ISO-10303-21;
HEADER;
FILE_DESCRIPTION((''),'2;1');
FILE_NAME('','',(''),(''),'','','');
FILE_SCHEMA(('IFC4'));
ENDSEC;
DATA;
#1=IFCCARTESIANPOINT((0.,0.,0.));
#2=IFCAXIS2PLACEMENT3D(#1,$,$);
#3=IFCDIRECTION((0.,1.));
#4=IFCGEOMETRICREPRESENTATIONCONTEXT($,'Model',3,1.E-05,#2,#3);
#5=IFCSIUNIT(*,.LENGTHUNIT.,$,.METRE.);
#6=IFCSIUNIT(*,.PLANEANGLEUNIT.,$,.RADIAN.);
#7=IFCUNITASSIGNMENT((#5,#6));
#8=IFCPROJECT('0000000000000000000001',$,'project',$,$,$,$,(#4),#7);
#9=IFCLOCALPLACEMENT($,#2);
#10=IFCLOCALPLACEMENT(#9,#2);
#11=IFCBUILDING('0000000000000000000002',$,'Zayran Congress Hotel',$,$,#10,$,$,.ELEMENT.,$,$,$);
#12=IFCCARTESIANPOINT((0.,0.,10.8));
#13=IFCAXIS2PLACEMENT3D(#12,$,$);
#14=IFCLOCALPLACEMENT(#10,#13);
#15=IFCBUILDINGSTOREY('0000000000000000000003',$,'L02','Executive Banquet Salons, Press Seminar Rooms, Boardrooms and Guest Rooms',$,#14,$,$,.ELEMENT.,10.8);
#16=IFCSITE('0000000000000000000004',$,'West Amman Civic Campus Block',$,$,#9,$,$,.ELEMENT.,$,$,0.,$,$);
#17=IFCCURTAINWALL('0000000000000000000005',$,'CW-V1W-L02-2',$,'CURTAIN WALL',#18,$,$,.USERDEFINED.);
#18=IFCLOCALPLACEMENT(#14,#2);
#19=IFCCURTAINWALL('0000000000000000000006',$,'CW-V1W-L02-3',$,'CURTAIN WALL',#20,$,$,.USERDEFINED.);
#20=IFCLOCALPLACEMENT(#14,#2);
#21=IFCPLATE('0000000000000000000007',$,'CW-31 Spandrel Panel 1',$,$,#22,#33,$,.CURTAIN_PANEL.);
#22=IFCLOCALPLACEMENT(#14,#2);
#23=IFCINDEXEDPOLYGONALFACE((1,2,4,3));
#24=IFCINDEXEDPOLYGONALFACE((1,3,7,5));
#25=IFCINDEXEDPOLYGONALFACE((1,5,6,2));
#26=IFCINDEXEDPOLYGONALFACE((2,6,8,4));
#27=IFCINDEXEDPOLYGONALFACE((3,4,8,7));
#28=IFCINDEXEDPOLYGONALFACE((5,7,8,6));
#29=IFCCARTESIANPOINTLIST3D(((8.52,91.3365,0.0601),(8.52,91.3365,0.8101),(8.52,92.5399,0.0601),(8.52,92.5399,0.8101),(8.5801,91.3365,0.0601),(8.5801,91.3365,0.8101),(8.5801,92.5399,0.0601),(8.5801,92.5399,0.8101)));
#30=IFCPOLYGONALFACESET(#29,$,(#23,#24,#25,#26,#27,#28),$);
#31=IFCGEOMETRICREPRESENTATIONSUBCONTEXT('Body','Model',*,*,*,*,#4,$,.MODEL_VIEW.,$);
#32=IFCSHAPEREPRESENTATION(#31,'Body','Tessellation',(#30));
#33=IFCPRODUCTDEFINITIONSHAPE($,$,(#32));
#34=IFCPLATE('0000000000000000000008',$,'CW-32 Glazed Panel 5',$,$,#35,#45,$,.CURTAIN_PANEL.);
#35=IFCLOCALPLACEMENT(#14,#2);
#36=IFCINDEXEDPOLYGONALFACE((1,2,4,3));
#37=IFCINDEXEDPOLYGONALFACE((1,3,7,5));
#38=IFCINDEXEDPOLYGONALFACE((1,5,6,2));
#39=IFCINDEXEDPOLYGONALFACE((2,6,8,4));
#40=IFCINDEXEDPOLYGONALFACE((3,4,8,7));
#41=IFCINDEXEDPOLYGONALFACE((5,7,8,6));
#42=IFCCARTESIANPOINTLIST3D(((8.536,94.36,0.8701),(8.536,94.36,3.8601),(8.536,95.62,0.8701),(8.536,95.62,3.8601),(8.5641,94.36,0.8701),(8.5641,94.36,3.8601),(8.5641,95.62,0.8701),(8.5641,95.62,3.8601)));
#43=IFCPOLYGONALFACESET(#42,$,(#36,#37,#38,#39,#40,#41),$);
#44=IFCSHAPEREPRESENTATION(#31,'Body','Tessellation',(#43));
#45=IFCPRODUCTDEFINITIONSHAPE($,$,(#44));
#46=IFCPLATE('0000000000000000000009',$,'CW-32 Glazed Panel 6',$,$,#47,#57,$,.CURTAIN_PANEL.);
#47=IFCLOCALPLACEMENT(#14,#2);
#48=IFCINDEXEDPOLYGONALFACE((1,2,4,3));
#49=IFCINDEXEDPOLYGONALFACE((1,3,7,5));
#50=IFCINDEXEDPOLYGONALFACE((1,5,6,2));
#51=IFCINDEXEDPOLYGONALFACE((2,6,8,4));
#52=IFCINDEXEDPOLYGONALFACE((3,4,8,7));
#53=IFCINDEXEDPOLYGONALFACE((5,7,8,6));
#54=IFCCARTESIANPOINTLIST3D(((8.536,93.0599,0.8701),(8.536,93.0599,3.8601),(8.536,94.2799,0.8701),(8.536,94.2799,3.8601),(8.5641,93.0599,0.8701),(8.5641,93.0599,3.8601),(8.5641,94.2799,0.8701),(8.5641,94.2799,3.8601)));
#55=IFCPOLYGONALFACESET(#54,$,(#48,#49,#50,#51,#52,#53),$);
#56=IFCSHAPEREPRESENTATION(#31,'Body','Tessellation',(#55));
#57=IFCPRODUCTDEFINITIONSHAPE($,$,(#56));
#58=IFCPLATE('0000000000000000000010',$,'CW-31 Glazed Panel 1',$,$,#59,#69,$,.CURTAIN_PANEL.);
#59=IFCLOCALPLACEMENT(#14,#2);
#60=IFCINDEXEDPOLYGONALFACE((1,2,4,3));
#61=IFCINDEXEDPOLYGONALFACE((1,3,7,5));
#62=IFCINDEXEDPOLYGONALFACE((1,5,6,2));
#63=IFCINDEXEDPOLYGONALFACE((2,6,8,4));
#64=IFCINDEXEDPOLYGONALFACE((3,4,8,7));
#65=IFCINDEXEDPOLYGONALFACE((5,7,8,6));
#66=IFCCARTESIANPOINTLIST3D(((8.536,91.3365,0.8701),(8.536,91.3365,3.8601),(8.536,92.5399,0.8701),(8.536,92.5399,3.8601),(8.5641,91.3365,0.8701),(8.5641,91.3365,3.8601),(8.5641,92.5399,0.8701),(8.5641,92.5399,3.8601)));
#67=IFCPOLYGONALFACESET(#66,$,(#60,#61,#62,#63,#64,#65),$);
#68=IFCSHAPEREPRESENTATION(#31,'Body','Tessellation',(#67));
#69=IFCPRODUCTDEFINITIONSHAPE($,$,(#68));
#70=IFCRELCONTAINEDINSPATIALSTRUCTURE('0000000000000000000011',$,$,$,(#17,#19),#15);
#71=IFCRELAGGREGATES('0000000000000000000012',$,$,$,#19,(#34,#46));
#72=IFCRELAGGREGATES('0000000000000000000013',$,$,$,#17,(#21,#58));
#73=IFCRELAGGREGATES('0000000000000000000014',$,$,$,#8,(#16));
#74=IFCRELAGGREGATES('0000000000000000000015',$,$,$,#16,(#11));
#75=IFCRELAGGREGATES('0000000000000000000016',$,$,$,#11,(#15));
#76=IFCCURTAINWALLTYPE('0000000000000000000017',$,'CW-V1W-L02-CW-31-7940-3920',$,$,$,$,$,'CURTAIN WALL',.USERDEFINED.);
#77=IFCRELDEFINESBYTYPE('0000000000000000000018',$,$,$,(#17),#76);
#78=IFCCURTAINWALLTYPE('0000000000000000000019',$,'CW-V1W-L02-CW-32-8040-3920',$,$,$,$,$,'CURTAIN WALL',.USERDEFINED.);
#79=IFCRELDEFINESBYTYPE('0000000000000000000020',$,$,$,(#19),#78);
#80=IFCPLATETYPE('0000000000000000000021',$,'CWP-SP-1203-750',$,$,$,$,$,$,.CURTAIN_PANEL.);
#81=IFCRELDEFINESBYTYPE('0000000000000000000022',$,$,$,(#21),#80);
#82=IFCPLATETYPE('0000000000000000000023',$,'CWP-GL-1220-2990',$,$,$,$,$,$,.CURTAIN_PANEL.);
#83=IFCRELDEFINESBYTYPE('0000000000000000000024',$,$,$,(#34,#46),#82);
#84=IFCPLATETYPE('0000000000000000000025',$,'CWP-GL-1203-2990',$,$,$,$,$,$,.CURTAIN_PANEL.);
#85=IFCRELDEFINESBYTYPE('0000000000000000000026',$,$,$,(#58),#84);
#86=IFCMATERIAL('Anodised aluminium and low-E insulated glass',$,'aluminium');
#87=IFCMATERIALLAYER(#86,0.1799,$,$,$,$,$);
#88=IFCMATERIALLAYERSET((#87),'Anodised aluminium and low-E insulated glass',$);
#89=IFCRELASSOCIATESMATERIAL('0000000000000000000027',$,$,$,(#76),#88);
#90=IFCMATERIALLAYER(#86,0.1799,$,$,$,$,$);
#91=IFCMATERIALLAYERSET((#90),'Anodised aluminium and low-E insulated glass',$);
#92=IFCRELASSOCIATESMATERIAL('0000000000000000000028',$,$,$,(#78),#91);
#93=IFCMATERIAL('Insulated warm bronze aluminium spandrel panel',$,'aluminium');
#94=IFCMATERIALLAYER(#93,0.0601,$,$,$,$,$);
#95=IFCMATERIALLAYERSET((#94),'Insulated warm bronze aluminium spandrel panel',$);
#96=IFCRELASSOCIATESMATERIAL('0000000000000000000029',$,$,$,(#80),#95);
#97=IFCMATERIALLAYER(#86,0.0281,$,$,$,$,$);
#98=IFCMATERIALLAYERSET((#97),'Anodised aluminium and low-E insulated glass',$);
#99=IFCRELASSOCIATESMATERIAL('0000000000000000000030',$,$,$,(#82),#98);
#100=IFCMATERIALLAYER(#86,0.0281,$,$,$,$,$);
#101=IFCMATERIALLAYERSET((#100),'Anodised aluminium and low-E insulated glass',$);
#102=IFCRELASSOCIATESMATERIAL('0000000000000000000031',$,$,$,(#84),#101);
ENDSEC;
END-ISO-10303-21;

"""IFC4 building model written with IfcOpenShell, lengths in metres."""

from ifc_helpers import new_model, si_unit, direction, frame, origin, origin_2d, place, context, subcontext, project, spatial, rectangle, extrude, material, layer, layer_set, type_object, element, aggregate, save


model = new_model("IFC4")

# Units and contexts
model_context = context("Model", 3, precision=1e-05, world=origin(), true_north=direction((0.0, 1.0)))
body_context = subcontext(model_context, "Body", "Model", "MODEL_VIEW")
ifc_project = project(units=[si_unit("LENGTHUNIT", "METRE"), si_unit("PLANEANGLEUNIT", "RADIAN")], contexts=[model_context])

# Site, building, storey
site_placement = place(None, origin())
site = spatial("IfcSite", under=ifc_project, at=site_placement, Name="West Amman Civic Campus Block", CompositionType="ELEMENT", RefElevation=0.0)
building_placement = place(site_placement, origin())
building = spatial("IfcBuilding", under=site, at=building_placement, Name="Zayran Congress Hotel", CompositionType="ELEMENT")
storey_placement = place(building_placement, frame((0.0, 0.0, 10.8)))
storey = spatial("IfcBuildingStorey", under=building, at=storey_placement, Name="L02", Description="Executive Banquet Salons, Press Seminar Rooms, Boardrooms and Guest Rooms", CompositionType="ELEMENT", Elevation=10.8)

# Curtain walls
ifc_material_1 = material(Name="Anodised aluminium and low-E insulated glass", Category="aluminium")
ifc_layer_1 = layer(ifc_material_1, 0.1799)
ifc_layer_set_1 = layer_set([ifc_layer_1], Name="Anodised aluminium and low-E insulated glass")
curtain_wall_type_1 = type_object("IfcCurtainWallType", Name="CW-V1W-L02-CW-31-7940-3920", ElementType="CURTAIN WALL", PredefinedType="USERDEFINED", material=ifc_layer_set_1)
curtain_wall_1_placement = place(storey_placement, origin())
curtain_wall_1 = element("IfcCurtainWall", 1, at=curtain_wall_1_placement, inside=storey, type_object=curtain_wall_type_1, Name="CW-V1W-L02-2", ObjectType="CURTAIN WALL", PredefinedType="USERDEFINED")
ifc_layer_2 = layer(ifc_material_1, 0.1799)
ifc_layer_set_2 = layer_set([ifc_layer_2], Name="Anodised aluminium and low-E insulated glass")
curtain_wall_type_2 = type_object("IfcCurtainWallType", Name="CW-V1W-L02-CW-32-8040-3920", ElementType="CURTAIN WALL", PredefinedType="USERDEFINED", material=ifc_layer_set_2)
curtain_wall_2_placement = place(storey_placement, origin())
curtain_wall_2 = element("IfcCurtainWall", 2, at=curtain_wall_2_placement, inside=storey, type_object=curtain_wall_type_2, Name="CW-V1W-L02-3", ObjectType="CURTAIN WALL", PredefinedType="USERDEFINED")

# Plates
ifc_material_2 = material(Name="Insulated warm bronze aluminium spandrel panel", Category="aluminium")
ifc_layer_3 = layer(ifc_material_2, 0.0601)
ifc_layer_set_3 = layer_set([ifc_layer_3], Name="Insulated warm bronze aluminium spandrel panel")
plate_type_1 = type_object("IfcPlateType", Name="CWP-SP-1203-750", PredefinedType="CURTAIN_PANEL", material=ifc_layer_set_3)
plate_1_placement = place(storey_placement, frame((8.55, 91.9382, 0.0601), z_axis=(0.0, 0.0, 1.0), x_axis=(0.0, 1.0, 0.0)))
plate_1 = element("IfcPlate", 3, at=plate_1_placement, type_object=plate_type_1, Name="CW-31 Spandrel Panel 1", PredefinedType="CURTAIN_PANEL", context=body_context, shape_type="SweptSolid", body=[
    extrude(rectangle(XDim=1.2034, YDim=0.0601, at=origin_2d()), origin(), (0.0, 0.0, 1.0), 0.75),
])
ifc_layer_4 = layer(ifc_material_1, 0.0281)
ifc_layer_set_4 = layer_set([ifc_layer_4], Name="Anodised aluminium and low-E insulated glass")
plate_type_2 = type_object("IfcPlateType", Name="CWP-GL-1220-2990", PredefinedType="CURTAIN_PANEL", material=ifc_layer_set_4)
plate_2_placement = place(storey_placement, frame((8.55, 94.99, 0.8701), z_axis=(0.0, 0.0, 1.0), x_axis=(0.0, 1.0, 0.0)))
plate_2 = element("IfcPlate", 4, at=plate_2_placement, type_object=plate_type_2, Name="CW-32 Glazed Panel 5", PredefinedType="CURTAIN_PANEL", context=body_context, shape_type="SweptSolid", body=[
    extrude(rectangle(XDim=1.26, YDim=0.0281, at=origin_2d()), origin(), (0.0, 0.0, 1.0), 2.99),
])
plate_3_placement = place(storey_placement, frame((8.55, 93.6699, 0.8701), z_axis=(0.0, 0.0, 1.0), x_axis=(0.0, 1.0, 0.0)))
plate_3 = element("IfcPlate", 5, at=plate_3_placement, type_object=plate_type_2, Name="CW-32 Glazed Panel 6", PredefinedType="CURTAIN_PANEL", context=body_context, shape_type="SweptSolid", body=[
    extrude(rectangle(XDim=1.22, YDim=0.0281, at=origin_2d()), origin(), (0.0, 0.0, 1.0), 2.99),
])
aggregate(curtain_wall_2, [plate_2, plate_3])
ifc_layer_5 = layer(ifc_material_1, 0.0281)
ifc_layer_set_5 = layer_set([ifc_layer_5], Name="Anodised aluminium and low-E insulated glass")
plate_type_3 = type_object("IfcPlateType", Name="CWP-GL-1203-2990", PredefinedType="CURTAIN_PANEL", material=ifc_layer_set_5)
plate_4_placement = place(storey_placement, frame((8.55, 91.9382, 0.8701), z_axis=(0.0, 0.0, 1.0), x_axis=(0.0, 1.0, 0.0)))
plate_4 = element("IfcPlate", 6, at=plate_4_placement, type_object=plate_type_3, Name="CW-31 Glazed Panel 1", PredefinedType="CURTAIN_PANEL", context=body_context, shape_type="SweptSolid", body=[
    extrude(rectangle(XDim=1.2034, YDim=0.0281, at=origin_2d()), origin(), (0.0, 0.0, 1.0), 2.99),
])
aggregate(curtain_wall_1, [plate_1, plate_4])

save(model, "model.ifc")
